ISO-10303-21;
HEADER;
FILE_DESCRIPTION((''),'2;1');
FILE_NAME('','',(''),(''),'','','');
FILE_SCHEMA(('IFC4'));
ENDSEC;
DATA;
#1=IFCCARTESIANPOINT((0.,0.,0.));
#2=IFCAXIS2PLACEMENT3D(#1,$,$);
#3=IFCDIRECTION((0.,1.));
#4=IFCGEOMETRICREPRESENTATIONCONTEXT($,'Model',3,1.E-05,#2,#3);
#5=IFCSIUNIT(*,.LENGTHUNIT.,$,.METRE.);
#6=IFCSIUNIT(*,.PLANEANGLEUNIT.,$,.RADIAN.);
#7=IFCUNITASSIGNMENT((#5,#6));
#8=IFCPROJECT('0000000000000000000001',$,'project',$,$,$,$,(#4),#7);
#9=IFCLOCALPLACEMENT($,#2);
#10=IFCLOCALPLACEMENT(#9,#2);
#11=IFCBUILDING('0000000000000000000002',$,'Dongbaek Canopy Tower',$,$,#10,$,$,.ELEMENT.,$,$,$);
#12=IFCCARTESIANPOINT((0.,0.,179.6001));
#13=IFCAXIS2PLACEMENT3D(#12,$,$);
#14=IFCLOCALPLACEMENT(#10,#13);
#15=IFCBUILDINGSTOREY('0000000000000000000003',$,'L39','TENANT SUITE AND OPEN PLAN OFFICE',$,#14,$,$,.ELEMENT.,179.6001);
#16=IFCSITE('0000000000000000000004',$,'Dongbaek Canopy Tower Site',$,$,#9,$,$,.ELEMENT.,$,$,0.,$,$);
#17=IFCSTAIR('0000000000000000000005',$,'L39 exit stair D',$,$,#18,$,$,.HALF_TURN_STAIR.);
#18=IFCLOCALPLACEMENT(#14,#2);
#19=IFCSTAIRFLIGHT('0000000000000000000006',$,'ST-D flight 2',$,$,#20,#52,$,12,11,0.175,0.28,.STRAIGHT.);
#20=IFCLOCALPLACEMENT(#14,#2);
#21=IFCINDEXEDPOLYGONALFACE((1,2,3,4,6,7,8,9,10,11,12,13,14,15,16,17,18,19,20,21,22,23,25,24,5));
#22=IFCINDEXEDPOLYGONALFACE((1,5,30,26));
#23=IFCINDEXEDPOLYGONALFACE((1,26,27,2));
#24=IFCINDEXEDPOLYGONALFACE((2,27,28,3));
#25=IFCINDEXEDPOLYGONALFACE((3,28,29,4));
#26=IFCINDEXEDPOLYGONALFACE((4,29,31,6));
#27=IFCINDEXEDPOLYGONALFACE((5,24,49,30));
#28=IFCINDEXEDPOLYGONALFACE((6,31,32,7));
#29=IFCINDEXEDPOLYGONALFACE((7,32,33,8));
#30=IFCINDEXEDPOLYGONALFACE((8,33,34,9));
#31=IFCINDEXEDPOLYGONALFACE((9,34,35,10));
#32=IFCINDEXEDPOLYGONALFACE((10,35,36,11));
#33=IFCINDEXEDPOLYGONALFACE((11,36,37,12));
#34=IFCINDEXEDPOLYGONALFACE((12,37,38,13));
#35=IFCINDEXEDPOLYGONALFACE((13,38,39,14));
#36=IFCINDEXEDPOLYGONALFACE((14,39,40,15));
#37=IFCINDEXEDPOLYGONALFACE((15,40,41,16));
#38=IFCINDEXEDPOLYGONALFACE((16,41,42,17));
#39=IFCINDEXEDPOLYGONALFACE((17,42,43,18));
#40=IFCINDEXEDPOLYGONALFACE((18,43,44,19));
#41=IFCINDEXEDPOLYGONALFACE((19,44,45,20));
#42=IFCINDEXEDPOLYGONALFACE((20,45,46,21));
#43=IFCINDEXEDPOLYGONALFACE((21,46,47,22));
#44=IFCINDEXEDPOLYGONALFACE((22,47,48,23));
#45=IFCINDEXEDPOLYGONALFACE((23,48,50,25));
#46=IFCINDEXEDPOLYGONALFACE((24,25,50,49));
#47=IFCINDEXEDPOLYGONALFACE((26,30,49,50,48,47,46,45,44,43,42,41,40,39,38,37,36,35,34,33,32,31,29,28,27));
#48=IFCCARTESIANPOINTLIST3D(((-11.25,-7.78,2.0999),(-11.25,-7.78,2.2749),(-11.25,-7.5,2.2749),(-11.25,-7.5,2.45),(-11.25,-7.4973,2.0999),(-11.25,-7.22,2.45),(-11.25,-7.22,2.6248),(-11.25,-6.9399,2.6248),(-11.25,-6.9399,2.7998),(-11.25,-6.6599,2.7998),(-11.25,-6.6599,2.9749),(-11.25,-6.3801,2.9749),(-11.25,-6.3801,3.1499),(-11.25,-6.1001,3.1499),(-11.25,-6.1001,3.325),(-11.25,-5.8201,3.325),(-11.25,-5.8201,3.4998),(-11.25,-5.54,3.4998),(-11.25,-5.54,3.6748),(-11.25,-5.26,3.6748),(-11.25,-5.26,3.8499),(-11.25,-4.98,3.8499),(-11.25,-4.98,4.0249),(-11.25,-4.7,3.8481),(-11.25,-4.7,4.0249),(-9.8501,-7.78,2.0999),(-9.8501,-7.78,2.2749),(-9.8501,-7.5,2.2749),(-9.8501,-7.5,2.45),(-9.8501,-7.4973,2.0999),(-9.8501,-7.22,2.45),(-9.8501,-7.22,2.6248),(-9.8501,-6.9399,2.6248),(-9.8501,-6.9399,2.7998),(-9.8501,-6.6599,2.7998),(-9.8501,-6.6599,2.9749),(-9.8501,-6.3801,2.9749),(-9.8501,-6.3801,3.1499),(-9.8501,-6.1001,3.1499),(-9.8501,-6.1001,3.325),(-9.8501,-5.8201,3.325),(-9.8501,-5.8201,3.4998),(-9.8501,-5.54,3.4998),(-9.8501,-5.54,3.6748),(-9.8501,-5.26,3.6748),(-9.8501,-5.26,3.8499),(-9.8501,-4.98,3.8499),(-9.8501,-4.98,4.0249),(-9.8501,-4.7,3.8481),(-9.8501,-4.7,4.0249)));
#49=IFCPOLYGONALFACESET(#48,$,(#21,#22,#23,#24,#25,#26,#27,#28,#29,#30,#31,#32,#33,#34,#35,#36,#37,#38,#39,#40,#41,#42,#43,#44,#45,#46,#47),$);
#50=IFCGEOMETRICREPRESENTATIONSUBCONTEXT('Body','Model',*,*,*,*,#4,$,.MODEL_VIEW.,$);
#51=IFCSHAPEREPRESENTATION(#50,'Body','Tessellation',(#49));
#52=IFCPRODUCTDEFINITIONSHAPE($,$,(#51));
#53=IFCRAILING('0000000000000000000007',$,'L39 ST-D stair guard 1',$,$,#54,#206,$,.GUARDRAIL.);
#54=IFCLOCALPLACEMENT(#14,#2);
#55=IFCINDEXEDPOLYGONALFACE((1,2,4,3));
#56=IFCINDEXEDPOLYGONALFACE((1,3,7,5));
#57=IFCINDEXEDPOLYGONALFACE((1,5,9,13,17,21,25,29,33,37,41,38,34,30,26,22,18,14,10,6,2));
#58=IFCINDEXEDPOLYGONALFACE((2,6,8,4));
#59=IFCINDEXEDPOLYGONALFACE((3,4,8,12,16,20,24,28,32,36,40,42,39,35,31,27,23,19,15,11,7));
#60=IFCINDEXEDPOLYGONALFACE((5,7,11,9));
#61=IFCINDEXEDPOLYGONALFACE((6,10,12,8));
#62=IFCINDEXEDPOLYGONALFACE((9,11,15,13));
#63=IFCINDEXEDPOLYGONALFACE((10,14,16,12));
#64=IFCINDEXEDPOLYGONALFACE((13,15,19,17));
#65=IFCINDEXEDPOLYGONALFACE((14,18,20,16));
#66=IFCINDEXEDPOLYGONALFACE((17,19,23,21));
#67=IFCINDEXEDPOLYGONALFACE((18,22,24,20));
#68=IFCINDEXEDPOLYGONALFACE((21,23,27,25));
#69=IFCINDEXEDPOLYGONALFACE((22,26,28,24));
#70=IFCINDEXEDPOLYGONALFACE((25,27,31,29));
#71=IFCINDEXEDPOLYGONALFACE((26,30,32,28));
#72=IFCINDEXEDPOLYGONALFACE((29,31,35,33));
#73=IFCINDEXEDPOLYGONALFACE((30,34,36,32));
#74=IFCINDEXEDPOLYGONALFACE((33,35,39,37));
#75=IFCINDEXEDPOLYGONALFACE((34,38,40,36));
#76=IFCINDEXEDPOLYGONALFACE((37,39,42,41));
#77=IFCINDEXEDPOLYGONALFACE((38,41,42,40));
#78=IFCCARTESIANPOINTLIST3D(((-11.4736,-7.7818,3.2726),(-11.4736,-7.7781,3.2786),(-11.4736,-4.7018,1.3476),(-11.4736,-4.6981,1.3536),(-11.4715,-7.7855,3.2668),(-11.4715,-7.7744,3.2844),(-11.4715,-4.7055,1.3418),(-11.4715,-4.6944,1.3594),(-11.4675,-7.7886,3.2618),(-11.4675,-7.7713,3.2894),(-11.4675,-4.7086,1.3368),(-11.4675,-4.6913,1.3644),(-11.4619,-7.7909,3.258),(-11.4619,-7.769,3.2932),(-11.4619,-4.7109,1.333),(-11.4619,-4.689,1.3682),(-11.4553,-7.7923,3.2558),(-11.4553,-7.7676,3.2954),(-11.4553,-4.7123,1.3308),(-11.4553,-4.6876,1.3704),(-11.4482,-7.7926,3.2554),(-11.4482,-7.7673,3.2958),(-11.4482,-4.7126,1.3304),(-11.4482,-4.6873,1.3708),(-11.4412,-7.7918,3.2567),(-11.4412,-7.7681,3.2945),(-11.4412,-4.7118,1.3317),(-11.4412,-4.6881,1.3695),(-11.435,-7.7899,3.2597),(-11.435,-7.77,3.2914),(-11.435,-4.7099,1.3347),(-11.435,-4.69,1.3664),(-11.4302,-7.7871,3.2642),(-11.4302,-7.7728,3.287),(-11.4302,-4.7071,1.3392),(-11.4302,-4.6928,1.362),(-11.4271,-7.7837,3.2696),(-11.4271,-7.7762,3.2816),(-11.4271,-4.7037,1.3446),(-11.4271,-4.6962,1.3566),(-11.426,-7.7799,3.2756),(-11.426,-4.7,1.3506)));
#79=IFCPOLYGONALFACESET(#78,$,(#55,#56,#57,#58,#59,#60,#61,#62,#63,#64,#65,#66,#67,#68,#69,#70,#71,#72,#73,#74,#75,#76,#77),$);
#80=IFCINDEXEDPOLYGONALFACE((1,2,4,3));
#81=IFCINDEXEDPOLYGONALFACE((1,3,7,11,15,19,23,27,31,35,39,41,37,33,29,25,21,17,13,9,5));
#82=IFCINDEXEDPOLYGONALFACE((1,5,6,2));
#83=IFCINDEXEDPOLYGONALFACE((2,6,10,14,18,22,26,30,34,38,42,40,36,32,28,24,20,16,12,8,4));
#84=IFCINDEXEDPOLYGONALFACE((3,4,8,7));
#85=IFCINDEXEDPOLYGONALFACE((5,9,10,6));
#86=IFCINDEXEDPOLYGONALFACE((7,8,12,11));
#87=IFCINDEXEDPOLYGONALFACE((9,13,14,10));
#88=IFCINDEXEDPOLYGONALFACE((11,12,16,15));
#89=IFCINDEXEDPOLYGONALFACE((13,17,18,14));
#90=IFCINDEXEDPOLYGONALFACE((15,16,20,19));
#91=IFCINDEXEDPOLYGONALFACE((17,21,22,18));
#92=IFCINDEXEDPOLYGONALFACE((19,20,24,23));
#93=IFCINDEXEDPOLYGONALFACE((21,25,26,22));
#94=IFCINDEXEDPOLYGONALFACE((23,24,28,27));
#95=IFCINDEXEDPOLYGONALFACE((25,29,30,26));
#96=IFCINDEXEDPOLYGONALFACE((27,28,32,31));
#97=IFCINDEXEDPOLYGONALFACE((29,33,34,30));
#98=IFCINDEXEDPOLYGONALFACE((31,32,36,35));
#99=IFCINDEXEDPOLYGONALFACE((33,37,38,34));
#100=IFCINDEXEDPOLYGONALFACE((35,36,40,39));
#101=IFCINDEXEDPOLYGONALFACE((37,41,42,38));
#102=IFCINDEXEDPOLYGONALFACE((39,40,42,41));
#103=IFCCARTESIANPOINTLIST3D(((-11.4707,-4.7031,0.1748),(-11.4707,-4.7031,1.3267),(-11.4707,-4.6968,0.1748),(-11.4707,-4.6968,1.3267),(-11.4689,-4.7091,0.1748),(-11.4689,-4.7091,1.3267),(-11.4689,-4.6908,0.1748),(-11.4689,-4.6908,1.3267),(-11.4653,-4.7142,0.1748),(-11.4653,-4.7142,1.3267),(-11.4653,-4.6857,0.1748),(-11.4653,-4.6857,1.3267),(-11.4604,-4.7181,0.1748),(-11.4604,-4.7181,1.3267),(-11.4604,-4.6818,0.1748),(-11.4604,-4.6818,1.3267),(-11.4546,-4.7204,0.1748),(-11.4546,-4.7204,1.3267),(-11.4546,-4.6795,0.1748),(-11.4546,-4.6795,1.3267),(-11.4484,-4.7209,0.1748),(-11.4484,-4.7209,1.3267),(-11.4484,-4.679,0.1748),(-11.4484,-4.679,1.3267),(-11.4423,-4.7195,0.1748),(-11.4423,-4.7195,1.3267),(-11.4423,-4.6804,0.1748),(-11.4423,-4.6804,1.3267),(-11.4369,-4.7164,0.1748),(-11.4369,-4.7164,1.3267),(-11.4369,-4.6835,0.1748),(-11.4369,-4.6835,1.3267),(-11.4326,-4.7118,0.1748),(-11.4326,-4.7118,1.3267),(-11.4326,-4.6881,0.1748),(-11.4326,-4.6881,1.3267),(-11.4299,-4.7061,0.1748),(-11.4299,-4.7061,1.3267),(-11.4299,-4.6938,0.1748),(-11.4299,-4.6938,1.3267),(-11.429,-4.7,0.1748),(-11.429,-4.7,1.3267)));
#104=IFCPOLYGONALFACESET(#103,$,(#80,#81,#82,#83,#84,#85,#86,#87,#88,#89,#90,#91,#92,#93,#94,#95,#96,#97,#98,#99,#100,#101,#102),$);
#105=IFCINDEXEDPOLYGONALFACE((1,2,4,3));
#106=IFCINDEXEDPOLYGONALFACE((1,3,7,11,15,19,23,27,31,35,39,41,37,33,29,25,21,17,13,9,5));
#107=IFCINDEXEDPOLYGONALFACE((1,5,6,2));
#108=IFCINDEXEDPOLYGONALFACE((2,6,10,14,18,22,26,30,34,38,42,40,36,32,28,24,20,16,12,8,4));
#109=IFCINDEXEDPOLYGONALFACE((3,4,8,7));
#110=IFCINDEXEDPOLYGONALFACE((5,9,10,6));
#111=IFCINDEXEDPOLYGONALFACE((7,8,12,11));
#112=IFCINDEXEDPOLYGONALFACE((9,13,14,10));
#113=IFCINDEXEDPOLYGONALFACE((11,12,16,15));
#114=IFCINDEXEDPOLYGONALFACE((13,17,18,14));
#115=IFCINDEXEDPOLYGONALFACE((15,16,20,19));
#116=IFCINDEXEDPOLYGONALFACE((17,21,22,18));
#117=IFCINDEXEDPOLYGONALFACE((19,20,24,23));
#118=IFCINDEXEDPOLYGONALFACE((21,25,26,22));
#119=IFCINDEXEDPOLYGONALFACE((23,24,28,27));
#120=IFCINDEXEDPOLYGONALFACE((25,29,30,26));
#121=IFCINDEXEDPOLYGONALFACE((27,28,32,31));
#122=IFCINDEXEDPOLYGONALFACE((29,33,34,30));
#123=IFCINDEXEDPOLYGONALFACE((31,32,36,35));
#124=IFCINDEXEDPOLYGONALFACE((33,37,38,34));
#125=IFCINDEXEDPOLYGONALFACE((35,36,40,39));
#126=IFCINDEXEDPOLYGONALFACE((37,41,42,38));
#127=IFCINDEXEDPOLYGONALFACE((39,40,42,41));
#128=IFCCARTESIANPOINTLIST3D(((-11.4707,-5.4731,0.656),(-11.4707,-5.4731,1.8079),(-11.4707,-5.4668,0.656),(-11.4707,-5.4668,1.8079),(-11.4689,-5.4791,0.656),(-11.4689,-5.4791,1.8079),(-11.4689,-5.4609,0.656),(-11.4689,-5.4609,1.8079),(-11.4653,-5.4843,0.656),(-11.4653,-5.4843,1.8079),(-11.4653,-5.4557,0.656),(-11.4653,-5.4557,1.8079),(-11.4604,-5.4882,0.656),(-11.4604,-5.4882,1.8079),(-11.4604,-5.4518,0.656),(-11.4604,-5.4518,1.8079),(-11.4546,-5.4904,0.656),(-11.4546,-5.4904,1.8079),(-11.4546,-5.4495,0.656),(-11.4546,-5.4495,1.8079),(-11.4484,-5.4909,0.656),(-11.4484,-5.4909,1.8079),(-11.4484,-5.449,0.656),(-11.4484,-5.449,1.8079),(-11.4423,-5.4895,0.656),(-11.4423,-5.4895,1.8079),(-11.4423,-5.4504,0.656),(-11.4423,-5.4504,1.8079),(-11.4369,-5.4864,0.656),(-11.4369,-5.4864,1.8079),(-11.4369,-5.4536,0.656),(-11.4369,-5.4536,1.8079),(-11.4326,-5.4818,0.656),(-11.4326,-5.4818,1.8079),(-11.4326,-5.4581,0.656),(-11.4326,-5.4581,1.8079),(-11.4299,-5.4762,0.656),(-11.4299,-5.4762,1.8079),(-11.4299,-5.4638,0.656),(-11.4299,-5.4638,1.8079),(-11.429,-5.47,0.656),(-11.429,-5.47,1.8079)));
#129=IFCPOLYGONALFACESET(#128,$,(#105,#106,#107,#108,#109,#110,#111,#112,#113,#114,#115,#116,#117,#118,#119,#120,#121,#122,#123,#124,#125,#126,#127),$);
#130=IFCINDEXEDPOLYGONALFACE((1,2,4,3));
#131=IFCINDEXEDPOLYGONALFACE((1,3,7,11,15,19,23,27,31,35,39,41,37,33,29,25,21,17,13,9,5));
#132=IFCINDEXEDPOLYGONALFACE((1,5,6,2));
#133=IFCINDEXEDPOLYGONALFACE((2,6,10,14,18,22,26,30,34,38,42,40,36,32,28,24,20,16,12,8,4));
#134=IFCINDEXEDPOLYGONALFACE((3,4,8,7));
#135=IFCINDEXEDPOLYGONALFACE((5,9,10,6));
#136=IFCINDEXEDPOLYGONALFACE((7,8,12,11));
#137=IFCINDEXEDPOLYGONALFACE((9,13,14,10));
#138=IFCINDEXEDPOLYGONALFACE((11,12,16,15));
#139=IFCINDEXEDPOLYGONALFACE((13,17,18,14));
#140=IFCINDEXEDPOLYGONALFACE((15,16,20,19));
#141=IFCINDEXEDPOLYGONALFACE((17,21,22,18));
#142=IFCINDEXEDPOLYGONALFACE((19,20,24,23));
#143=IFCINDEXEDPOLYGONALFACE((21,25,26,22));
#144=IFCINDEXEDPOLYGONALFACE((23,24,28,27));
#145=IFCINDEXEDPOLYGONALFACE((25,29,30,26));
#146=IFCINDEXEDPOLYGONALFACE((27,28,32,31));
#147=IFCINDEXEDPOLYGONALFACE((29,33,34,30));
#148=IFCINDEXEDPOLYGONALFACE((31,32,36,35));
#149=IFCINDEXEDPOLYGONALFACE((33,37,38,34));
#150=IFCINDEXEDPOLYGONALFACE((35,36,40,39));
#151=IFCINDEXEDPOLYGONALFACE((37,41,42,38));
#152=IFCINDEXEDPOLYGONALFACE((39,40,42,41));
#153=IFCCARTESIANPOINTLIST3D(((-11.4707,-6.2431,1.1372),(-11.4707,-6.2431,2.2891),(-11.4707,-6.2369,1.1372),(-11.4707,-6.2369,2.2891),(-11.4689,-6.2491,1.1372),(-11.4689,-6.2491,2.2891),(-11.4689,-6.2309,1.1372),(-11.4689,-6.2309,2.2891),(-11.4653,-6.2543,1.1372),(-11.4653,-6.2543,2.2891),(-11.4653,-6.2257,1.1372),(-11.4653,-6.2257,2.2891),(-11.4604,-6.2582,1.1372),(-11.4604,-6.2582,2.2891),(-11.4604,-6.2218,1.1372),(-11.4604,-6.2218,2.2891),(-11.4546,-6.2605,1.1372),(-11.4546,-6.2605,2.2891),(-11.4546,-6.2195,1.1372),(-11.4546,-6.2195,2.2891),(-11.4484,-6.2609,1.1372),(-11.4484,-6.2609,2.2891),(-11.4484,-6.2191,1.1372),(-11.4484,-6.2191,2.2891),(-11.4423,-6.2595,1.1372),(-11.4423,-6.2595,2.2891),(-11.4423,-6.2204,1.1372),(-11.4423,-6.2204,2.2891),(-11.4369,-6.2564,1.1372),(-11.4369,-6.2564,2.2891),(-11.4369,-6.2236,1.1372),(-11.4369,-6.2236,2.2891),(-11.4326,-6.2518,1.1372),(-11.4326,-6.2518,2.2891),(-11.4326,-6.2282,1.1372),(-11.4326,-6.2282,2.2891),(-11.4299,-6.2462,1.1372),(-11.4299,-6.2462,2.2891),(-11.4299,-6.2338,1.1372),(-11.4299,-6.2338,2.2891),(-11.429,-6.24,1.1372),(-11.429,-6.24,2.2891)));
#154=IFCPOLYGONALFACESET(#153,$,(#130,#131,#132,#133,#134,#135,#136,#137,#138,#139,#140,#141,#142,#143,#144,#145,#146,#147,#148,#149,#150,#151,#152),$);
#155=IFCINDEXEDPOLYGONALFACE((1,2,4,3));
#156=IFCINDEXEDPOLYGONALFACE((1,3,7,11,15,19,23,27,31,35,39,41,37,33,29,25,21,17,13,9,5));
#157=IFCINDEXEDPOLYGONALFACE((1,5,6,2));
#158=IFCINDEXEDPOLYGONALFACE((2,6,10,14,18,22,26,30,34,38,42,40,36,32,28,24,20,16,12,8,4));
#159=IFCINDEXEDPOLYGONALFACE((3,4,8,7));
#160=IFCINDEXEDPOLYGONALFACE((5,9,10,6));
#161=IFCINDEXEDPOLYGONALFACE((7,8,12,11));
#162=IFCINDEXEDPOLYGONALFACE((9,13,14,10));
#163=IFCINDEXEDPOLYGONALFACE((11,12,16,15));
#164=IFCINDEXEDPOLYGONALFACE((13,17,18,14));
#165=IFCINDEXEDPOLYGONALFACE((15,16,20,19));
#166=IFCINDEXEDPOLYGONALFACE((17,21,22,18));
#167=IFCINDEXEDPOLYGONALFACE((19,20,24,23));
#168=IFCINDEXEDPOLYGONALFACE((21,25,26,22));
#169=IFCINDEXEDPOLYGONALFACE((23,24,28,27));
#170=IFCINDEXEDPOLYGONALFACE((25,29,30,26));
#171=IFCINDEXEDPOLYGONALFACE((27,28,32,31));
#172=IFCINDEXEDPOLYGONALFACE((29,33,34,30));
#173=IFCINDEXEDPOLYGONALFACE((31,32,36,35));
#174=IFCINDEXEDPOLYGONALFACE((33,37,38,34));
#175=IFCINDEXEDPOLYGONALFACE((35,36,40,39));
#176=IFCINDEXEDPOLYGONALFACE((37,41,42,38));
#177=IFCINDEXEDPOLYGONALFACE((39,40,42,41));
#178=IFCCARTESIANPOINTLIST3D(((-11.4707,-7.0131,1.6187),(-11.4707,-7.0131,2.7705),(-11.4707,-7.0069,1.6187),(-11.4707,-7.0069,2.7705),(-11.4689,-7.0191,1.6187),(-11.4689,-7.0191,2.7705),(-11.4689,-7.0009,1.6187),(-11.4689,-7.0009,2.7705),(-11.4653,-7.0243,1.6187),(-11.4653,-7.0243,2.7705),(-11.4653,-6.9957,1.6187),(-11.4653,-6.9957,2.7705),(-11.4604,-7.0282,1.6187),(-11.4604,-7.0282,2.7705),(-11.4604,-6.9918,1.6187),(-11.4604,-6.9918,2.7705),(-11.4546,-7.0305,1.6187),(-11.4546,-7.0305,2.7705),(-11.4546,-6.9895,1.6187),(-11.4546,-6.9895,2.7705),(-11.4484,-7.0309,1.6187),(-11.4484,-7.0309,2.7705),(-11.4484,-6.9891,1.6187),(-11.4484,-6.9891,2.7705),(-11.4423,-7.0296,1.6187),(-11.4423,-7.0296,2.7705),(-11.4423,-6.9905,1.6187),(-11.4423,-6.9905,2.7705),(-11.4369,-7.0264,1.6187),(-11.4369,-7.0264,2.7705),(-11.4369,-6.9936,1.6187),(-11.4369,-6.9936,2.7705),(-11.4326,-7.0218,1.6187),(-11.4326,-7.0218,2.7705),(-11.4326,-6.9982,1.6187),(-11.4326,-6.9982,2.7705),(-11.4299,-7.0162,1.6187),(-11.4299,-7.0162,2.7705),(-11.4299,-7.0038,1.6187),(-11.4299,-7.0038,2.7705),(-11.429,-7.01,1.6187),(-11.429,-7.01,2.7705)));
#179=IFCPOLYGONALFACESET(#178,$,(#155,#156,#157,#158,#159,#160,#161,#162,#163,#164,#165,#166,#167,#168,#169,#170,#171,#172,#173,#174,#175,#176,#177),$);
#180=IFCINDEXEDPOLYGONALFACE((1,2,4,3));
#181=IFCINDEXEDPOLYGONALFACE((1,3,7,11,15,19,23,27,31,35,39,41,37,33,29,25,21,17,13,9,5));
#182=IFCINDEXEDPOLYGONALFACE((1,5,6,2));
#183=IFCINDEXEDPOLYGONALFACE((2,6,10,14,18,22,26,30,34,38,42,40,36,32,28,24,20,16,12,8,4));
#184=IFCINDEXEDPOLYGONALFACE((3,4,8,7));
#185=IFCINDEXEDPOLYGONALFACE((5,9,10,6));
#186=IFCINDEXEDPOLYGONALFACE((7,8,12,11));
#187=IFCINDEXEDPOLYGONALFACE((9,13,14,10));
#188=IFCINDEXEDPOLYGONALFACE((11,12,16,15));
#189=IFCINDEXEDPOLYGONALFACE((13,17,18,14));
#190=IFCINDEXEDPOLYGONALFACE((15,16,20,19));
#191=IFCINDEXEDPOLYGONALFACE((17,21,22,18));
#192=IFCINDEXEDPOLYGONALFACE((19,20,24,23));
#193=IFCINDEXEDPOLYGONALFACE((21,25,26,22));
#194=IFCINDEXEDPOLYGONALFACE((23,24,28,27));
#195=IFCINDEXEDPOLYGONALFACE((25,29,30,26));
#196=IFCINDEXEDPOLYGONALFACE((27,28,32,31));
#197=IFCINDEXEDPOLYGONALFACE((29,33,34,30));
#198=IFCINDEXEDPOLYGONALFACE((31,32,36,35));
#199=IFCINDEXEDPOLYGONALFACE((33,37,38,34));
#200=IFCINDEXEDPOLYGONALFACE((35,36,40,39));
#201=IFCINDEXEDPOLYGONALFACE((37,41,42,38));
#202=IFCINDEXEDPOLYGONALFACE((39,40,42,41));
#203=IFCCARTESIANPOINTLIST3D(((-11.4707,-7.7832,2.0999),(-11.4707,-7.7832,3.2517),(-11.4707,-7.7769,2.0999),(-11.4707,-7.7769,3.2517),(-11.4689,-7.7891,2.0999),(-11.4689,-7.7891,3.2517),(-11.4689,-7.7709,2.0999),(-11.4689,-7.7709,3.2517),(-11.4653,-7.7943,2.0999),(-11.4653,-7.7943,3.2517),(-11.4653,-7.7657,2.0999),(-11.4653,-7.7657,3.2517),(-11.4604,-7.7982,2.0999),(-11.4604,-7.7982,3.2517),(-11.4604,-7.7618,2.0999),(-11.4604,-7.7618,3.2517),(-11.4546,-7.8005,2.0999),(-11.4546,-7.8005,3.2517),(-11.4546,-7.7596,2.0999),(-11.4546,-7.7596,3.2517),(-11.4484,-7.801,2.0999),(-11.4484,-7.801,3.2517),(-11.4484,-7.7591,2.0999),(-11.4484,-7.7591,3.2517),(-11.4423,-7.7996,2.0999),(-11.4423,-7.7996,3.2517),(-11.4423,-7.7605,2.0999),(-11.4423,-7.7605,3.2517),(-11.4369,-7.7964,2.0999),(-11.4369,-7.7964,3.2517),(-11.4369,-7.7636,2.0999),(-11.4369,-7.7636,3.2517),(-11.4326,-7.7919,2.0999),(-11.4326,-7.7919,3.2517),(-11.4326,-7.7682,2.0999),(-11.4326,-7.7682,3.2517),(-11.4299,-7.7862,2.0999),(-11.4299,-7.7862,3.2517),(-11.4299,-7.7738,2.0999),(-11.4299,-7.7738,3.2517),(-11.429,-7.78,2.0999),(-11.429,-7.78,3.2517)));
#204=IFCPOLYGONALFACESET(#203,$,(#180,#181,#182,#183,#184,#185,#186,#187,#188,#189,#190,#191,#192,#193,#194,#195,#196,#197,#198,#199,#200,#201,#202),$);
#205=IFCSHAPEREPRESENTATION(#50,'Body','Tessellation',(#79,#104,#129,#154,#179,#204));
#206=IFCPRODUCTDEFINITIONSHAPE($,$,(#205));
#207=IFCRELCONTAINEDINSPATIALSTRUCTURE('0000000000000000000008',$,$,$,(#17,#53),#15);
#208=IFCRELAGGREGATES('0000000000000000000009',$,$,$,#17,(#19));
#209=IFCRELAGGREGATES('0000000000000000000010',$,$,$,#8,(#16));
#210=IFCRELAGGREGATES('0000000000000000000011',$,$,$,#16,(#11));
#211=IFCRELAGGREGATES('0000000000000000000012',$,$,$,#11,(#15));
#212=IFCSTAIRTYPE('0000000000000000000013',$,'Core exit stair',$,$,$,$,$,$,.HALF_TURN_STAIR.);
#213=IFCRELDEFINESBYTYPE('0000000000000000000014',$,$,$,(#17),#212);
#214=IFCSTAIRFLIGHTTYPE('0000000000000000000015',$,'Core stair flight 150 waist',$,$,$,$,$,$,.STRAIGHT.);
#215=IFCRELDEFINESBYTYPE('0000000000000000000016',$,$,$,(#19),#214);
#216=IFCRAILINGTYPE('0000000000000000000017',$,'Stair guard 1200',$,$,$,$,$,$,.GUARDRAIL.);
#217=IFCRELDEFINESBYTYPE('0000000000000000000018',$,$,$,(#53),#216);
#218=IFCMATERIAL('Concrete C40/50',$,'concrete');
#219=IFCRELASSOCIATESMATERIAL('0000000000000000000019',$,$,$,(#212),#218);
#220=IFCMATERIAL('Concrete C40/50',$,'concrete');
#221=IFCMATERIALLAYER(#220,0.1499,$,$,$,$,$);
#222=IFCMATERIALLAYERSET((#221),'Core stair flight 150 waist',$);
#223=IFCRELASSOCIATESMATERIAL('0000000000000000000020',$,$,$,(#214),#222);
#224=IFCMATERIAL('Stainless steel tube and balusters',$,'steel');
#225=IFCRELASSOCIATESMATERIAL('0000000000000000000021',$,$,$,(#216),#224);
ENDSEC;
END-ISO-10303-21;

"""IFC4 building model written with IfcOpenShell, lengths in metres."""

from ifc_helpers import new_model, si_unit, direction, frame, origin, origin_2d, place, context, subcontext, project, spatial, polyline, circle, outline, extrude, material, layer, layer_set, type_object, element, aggregate, save


model = new_model("IFC4")

# Units and contexts
model_context = context("Model", 3, precision=1e-05, world=origin(), true_north=direction((0.0, 1.0)))
body_context = subcontext(model_context, "Body", "Model", "MODEL_VIEW")
ifc_project = project(units=[si_unit("LENGTHUNIT", "METRE"), si_unit("PLANEANGLEUNIT", "RADIAN")], contexts=[model_context])

# Site, building, storey
site_placement = place(None, origin())
site = spatial("IfcSite", under=ifc_project, at=site_placement, Name="Dongbaek Canopy Tower Site", CompositionType="ELEMENT", RefElevation=0.0)
building_placement = place(site_placement, origin())
building = spatial("IfcBuilding", under=site, at=building_placement, Name="Dongbaek Canopy Tower", CompositionType="ELEMENT")
storey_placement = place(building_placement, frame((0.0, 0.0, 179.6001)))
storey = spatial("IfcBuildingStorey", under=building, at=storey_placement, Name="L39", Description="TENANT SUITE AND OPEN PLAN OFFICE", CompositionType="ELEMENT", Elevation=179.6001)

# Stair, stair flight
ifc_material_1 = material(Name="Concrete C40/50", Category="concrete")
stair_type = type_object("IfcStairType", Name="Core exit stair", PredefinedType="HALF_TURN_STAIR", material=ifc_material_1)
stair_placement = place(storey_placement, origin())
stair = element("IfcStair", 1, at=stair_placement, inside=storey, type_object=stair_type, Name="L39 exit stair D", PredefinedType="HALF_TURN_STAIR")
ifc_material_2 = material(Name="Concrete C40/50", Category="concrete")
ifc_layer_1 = layer(ifc_material_2, 0.1499)
ifc_layer_set_1 = layer_set([ifc_layer_1], Name="Core stair flight 150 waist")
stair_flight_type = type_object("IfcStairFlightType", Name="Core stair flight 150 waist", PredefinedType="STRAIGHT", material=ifc_layer_set_1)
stair_flight_1_placement = place(storey_placement, frame((-10.55, -7.78, 2.0999), z_axis=(0.0, 0.0, 1.0), x_axis=(0.0, 1.0, 0.0)))
stair_flight_1 = element("IfcStairFlight", 2, at=stair_flight_1_placement, type_object=stair_flight_type, Name="ST-D flight 2", NumberOfRisers=12, NumberOfTreads=11, PredefinedType="STRAIGHT", RiserHeight=0.175, TreadLength=0.28, context=body_context, shape_type="SweptSolid", body=[
    extrude(outline(polyline([(0.0, 0.0), (0.0, 0.175), (0.28, 0.175), (0.28, 0.3501), (0.5601, 0.3501), (0.5601, 0.5249), (0.8401, 0.5249), (0.8401, 0.7), (1.1201, 0.7), (1.1201, 0.875), (1.3999, 0.875), (1.3999, 1.05), (1.6799, 1.05), (1.6799, 1.2251), (1.96, 1.2251), (1.96, 1.3999), (2.24, 1.3999), (2.24, 1.575), (2.52, 1.575), (2.52, 1.75), (2.8, 1.75), (2.8, 1.925), (3.0801, 1.925), (3.0801, 2.1001), (3.0801, 1.7483), (0.2827, 0.0), (0.0, 0.0)])), frame((0.0, 0.7, 0.0), z_axis=(0.0, -1.0, 0.0), x_axis=(1.0, 0.0, 0.0)), (0.0, 0.0, 1.0), 1.3999),
])
aggregate(stair, [stair_flight_1])

# Railing
ifc_material_3 = material(Name="Stainless steel tube and balusters", Category="steel")
railing_type_1 = type_object("IfcRailingType", Name="Stair guard 1200", PredefinedType="GUARDRAIL", material=ifc_material_3)
railing_1_placement = place(storey_placement, frame((-11.45, -4.7, 0.1748)))
element("IfcRailing", 3, at=railing_1_placement, inside=storey, type_object=railing_type_1, Name="L39 ST-D stair guard 1", PredefinedType="GUARDRAIL", context=body_context, shape_type="SweptSolid", body=[
    extrude(circle(Radius=0.0239, at=origin_2d()), frame((0.0, 0.0, 1.1758), z_axis=(0.0, -0.847998, 0.529999), x_axis=(1.0, 0.0, 0.0)), (0.0, 0.0, 1.0), 3.6321),
    extrude(circle(Radius=0.021, at=origin_2d()), origin(), (0.0, 0.0, 1.0), 1.1519),
    extrude(circle(Radius=0.021, at=origin_2d()), frame((0.0, -0.77, 0.4812)), (0.0, 0.0, 1.0), 1.1519),
    extrude(circle(Radius=0.021, at=origin_2d()), frame((0.0, -1.54, 0.9624)), (0.0, 0.0, 1.0), 1.1519),
    extrude(circle(Radius=0.021, at=origin_2d()), frame((0.0, -2.3101, 1.4438)), (0.0, 0.0, 1.0), 1.1519),
    extrude(circle(Radius=0.021, at=origin_2d()), frame((0.0, -3.0801, 1.925)), (0.0, 0.0, 1.0), 1.1519),
])

save(model, "model.ifc")
